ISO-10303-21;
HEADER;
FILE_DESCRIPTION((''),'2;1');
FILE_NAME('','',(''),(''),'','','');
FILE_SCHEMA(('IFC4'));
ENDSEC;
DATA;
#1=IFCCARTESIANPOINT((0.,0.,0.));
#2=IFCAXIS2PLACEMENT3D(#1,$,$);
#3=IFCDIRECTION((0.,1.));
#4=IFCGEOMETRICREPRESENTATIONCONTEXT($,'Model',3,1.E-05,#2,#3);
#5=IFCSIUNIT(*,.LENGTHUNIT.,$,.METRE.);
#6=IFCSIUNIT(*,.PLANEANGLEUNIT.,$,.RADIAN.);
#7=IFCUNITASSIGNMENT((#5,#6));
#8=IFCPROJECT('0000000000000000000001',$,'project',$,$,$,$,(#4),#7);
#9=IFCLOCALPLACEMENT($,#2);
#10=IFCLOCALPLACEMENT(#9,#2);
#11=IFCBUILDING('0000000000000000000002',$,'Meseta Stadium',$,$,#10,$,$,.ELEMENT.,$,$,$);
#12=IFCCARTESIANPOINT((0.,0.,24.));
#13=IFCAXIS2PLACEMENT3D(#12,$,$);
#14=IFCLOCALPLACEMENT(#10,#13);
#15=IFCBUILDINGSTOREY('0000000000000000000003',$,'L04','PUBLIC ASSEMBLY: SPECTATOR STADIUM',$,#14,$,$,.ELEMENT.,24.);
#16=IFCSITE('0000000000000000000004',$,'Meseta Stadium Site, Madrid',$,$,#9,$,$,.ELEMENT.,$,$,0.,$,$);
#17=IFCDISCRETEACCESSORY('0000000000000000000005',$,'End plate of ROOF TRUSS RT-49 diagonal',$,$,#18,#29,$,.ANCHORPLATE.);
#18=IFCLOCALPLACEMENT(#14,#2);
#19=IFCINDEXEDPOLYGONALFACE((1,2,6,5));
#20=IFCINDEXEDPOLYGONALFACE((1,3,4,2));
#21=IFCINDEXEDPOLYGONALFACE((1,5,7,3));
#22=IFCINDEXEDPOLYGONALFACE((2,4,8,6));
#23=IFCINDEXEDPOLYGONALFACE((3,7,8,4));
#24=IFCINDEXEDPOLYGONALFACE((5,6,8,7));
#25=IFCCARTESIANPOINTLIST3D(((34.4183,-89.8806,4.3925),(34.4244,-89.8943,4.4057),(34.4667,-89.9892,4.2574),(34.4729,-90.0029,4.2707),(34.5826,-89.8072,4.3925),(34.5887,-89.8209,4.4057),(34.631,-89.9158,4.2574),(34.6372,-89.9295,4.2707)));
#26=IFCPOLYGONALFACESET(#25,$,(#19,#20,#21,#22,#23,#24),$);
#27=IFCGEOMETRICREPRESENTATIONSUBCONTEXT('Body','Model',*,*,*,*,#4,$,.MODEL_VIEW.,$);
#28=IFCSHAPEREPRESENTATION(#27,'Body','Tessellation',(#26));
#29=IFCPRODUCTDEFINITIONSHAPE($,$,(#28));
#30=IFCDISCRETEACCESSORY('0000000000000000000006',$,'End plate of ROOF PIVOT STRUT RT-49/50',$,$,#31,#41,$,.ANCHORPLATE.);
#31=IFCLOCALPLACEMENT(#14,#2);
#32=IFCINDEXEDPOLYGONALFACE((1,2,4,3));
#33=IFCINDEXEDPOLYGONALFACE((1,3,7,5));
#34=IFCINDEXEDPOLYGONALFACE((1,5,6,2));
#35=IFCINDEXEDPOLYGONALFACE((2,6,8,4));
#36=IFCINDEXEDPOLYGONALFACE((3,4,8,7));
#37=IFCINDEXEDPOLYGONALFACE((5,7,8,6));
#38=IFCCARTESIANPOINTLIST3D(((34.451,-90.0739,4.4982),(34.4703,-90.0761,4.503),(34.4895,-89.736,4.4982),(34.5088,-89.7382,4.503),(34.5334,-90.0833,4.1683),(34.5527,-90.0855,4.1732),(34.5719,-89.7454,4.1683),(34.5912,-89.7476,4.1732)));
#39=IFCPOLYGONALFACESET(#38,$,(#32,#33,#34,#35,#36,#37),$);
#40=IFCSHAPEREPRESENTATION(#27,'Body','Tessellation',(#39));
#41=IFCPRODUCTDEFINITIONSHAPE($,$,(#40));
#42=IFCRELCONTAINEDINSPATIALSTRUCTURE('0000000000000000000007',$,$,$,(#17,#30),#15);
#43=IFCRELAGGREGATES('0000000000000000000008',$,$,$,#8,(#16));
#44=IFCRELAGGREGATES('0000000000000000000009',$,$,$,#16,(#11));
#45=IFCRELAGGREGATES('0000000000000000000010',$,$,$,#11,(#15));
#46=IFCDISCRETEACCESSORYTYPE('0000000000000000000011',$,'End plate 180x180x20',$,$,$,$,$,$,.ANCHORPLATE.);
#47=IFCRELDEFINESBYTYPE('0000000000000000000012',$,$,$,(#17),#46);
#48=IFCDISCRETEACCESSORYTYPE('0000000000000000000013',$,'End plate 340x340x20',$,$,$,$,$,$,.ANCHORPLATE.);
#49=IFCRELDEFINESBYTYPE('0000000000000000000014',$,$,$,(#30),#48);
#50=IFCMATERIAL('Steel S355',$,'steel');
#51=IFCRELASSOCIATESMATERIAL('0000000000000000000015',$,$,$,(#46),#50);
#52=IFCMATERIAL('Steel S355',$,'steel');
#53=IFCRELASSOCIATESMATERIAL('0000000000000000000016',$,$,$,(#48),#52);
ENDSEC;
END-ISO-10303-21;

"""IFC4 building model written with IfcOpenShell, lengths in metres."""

from ifc_helpers import new_model, si_unit, direction, frame, origin, origin_2d, place, context, subcontext, project, spatial, rectangle, extrude, material, material_profile, profile_set, type_object, element, save


model = new_model("IFC4")

# Units and contexts
model_context = context("Model", 3, precision=1e-05, world=origin(), true_north=direction((0.0, 1.0)))
body_context = subcontext(model_context, "Body", "Model", "MODEL_VIEW")
ifc_project = project(units=[si_unit("LENGTHUNIT", "METRE"), si_unit("PLANEANGLEUNIT", "RADIAN")], contexts=[model_context])

# Site, building, storey
site_placement = place(None, origin())
site = spatial("IfcSite", under=ifc_project, at=site_placement, Name="Meseta Stadium Site, Madrid", CompositionType="ELEMENT", RefElevation=0.0)
building_placement = place(site_placement, origin())
building = spatial("IfcBuilding", under=site, at=building_placement, Name="Meseta Stadium", CompositionType="ELEMENT")
storey_placement = place(building_placement, frame((0.0, 0.0, 24.0)))
storey = spatial("IfcBuildingStorey", under=building, at=storey_placement, Name="L04", Description="PUBLIC ASSEMBLY: SPECTATOR STADIUM", CompositionType="ELEMENT", Elevation=24.0)

# Discrete accessories
ifc_material_1 = material(Name="Steel S355", Category="steel")
ifc_material_profile_1 = material_profile(ifc_material_1, rectangle(XDim=0.1799, YDim=0.1799, at=origin_2d()), Name="PL 180x180")
ifc_profile_set_1 = profile_set([ifc_material_profile_1], Name="Steel S355")
discrete_accessory_type_1 = type_object("IfcDiscreteAccessoryType", Name="End plate 180x180x20", PredefinedType="ANCHORPLATE", material=ifc_profile_set_1)
discrete_accessory_1_placement = place(storey_placement, frame((34.5247, -89.8982, 4.325), z_axis=(0.305949, -0.685326, 0.66085), x_axis=(0.913138, 0.407651, 0.0)))
element("IfcDiscreteAccessory", 1, at=discrete_accessory_1_placement, inside=storey, type_object=discrete_accessory_type_1, Name="End plate of ROOF TRUSS RT-49 diagonal", PredefinedType="ANCHORPLATE", context=body_context, shape_type="SweptSolid", body=[
    extrude(rectangle(XDim=0.1799, YDim=0.1799, at=origin_2d()), origin(), (0.0, 0.0, 1.0), 0.02),
])
ifc_material_2 = material(Name="Steel S355", Category="steel")
ifc_material_profile_2 = material_profile(ifc_material_2, rectangle(XDim=0.3401, YDim=0.3401, at=origin_2d()), Name="PL 340x340")
ifc_profile_set_2 = profile_set([ifc_material_profile_2], Name="Steel S355")
discrete_accessory_type_2 = type_object("IfcDiscreteAccessoryType", Name="End plate 340x340x20", PredefinedType="ANCHORPLATE", material=ifc_profile_set_2)
discrete_accessory_2_placement = place(storey_placement, frame((34.5115, -89.9097, 4.3333), z_axis=(0.963558, -0.109772, 0.243939), x_axis=(0.113192, 0.993573, 0.0)))
element("IfcDiscreteAccessory", 2, at=discrete_accessory_2_placement, inside=storey, type_object=discrete_accessory_type_2, Name="End plate of ROOF PIVOT STRUT RT-49/50", PredefinedType="ANCHORPLATE", context=body_context, shape_type="SweptSolid", body=[
    extrude(rectangle(XDim=0.3401, YDim=0.3401, at=origin_2d()), origin(), (0.0, 0.0, 1.0), 0.02),
])

save(model, "model.ifc")
